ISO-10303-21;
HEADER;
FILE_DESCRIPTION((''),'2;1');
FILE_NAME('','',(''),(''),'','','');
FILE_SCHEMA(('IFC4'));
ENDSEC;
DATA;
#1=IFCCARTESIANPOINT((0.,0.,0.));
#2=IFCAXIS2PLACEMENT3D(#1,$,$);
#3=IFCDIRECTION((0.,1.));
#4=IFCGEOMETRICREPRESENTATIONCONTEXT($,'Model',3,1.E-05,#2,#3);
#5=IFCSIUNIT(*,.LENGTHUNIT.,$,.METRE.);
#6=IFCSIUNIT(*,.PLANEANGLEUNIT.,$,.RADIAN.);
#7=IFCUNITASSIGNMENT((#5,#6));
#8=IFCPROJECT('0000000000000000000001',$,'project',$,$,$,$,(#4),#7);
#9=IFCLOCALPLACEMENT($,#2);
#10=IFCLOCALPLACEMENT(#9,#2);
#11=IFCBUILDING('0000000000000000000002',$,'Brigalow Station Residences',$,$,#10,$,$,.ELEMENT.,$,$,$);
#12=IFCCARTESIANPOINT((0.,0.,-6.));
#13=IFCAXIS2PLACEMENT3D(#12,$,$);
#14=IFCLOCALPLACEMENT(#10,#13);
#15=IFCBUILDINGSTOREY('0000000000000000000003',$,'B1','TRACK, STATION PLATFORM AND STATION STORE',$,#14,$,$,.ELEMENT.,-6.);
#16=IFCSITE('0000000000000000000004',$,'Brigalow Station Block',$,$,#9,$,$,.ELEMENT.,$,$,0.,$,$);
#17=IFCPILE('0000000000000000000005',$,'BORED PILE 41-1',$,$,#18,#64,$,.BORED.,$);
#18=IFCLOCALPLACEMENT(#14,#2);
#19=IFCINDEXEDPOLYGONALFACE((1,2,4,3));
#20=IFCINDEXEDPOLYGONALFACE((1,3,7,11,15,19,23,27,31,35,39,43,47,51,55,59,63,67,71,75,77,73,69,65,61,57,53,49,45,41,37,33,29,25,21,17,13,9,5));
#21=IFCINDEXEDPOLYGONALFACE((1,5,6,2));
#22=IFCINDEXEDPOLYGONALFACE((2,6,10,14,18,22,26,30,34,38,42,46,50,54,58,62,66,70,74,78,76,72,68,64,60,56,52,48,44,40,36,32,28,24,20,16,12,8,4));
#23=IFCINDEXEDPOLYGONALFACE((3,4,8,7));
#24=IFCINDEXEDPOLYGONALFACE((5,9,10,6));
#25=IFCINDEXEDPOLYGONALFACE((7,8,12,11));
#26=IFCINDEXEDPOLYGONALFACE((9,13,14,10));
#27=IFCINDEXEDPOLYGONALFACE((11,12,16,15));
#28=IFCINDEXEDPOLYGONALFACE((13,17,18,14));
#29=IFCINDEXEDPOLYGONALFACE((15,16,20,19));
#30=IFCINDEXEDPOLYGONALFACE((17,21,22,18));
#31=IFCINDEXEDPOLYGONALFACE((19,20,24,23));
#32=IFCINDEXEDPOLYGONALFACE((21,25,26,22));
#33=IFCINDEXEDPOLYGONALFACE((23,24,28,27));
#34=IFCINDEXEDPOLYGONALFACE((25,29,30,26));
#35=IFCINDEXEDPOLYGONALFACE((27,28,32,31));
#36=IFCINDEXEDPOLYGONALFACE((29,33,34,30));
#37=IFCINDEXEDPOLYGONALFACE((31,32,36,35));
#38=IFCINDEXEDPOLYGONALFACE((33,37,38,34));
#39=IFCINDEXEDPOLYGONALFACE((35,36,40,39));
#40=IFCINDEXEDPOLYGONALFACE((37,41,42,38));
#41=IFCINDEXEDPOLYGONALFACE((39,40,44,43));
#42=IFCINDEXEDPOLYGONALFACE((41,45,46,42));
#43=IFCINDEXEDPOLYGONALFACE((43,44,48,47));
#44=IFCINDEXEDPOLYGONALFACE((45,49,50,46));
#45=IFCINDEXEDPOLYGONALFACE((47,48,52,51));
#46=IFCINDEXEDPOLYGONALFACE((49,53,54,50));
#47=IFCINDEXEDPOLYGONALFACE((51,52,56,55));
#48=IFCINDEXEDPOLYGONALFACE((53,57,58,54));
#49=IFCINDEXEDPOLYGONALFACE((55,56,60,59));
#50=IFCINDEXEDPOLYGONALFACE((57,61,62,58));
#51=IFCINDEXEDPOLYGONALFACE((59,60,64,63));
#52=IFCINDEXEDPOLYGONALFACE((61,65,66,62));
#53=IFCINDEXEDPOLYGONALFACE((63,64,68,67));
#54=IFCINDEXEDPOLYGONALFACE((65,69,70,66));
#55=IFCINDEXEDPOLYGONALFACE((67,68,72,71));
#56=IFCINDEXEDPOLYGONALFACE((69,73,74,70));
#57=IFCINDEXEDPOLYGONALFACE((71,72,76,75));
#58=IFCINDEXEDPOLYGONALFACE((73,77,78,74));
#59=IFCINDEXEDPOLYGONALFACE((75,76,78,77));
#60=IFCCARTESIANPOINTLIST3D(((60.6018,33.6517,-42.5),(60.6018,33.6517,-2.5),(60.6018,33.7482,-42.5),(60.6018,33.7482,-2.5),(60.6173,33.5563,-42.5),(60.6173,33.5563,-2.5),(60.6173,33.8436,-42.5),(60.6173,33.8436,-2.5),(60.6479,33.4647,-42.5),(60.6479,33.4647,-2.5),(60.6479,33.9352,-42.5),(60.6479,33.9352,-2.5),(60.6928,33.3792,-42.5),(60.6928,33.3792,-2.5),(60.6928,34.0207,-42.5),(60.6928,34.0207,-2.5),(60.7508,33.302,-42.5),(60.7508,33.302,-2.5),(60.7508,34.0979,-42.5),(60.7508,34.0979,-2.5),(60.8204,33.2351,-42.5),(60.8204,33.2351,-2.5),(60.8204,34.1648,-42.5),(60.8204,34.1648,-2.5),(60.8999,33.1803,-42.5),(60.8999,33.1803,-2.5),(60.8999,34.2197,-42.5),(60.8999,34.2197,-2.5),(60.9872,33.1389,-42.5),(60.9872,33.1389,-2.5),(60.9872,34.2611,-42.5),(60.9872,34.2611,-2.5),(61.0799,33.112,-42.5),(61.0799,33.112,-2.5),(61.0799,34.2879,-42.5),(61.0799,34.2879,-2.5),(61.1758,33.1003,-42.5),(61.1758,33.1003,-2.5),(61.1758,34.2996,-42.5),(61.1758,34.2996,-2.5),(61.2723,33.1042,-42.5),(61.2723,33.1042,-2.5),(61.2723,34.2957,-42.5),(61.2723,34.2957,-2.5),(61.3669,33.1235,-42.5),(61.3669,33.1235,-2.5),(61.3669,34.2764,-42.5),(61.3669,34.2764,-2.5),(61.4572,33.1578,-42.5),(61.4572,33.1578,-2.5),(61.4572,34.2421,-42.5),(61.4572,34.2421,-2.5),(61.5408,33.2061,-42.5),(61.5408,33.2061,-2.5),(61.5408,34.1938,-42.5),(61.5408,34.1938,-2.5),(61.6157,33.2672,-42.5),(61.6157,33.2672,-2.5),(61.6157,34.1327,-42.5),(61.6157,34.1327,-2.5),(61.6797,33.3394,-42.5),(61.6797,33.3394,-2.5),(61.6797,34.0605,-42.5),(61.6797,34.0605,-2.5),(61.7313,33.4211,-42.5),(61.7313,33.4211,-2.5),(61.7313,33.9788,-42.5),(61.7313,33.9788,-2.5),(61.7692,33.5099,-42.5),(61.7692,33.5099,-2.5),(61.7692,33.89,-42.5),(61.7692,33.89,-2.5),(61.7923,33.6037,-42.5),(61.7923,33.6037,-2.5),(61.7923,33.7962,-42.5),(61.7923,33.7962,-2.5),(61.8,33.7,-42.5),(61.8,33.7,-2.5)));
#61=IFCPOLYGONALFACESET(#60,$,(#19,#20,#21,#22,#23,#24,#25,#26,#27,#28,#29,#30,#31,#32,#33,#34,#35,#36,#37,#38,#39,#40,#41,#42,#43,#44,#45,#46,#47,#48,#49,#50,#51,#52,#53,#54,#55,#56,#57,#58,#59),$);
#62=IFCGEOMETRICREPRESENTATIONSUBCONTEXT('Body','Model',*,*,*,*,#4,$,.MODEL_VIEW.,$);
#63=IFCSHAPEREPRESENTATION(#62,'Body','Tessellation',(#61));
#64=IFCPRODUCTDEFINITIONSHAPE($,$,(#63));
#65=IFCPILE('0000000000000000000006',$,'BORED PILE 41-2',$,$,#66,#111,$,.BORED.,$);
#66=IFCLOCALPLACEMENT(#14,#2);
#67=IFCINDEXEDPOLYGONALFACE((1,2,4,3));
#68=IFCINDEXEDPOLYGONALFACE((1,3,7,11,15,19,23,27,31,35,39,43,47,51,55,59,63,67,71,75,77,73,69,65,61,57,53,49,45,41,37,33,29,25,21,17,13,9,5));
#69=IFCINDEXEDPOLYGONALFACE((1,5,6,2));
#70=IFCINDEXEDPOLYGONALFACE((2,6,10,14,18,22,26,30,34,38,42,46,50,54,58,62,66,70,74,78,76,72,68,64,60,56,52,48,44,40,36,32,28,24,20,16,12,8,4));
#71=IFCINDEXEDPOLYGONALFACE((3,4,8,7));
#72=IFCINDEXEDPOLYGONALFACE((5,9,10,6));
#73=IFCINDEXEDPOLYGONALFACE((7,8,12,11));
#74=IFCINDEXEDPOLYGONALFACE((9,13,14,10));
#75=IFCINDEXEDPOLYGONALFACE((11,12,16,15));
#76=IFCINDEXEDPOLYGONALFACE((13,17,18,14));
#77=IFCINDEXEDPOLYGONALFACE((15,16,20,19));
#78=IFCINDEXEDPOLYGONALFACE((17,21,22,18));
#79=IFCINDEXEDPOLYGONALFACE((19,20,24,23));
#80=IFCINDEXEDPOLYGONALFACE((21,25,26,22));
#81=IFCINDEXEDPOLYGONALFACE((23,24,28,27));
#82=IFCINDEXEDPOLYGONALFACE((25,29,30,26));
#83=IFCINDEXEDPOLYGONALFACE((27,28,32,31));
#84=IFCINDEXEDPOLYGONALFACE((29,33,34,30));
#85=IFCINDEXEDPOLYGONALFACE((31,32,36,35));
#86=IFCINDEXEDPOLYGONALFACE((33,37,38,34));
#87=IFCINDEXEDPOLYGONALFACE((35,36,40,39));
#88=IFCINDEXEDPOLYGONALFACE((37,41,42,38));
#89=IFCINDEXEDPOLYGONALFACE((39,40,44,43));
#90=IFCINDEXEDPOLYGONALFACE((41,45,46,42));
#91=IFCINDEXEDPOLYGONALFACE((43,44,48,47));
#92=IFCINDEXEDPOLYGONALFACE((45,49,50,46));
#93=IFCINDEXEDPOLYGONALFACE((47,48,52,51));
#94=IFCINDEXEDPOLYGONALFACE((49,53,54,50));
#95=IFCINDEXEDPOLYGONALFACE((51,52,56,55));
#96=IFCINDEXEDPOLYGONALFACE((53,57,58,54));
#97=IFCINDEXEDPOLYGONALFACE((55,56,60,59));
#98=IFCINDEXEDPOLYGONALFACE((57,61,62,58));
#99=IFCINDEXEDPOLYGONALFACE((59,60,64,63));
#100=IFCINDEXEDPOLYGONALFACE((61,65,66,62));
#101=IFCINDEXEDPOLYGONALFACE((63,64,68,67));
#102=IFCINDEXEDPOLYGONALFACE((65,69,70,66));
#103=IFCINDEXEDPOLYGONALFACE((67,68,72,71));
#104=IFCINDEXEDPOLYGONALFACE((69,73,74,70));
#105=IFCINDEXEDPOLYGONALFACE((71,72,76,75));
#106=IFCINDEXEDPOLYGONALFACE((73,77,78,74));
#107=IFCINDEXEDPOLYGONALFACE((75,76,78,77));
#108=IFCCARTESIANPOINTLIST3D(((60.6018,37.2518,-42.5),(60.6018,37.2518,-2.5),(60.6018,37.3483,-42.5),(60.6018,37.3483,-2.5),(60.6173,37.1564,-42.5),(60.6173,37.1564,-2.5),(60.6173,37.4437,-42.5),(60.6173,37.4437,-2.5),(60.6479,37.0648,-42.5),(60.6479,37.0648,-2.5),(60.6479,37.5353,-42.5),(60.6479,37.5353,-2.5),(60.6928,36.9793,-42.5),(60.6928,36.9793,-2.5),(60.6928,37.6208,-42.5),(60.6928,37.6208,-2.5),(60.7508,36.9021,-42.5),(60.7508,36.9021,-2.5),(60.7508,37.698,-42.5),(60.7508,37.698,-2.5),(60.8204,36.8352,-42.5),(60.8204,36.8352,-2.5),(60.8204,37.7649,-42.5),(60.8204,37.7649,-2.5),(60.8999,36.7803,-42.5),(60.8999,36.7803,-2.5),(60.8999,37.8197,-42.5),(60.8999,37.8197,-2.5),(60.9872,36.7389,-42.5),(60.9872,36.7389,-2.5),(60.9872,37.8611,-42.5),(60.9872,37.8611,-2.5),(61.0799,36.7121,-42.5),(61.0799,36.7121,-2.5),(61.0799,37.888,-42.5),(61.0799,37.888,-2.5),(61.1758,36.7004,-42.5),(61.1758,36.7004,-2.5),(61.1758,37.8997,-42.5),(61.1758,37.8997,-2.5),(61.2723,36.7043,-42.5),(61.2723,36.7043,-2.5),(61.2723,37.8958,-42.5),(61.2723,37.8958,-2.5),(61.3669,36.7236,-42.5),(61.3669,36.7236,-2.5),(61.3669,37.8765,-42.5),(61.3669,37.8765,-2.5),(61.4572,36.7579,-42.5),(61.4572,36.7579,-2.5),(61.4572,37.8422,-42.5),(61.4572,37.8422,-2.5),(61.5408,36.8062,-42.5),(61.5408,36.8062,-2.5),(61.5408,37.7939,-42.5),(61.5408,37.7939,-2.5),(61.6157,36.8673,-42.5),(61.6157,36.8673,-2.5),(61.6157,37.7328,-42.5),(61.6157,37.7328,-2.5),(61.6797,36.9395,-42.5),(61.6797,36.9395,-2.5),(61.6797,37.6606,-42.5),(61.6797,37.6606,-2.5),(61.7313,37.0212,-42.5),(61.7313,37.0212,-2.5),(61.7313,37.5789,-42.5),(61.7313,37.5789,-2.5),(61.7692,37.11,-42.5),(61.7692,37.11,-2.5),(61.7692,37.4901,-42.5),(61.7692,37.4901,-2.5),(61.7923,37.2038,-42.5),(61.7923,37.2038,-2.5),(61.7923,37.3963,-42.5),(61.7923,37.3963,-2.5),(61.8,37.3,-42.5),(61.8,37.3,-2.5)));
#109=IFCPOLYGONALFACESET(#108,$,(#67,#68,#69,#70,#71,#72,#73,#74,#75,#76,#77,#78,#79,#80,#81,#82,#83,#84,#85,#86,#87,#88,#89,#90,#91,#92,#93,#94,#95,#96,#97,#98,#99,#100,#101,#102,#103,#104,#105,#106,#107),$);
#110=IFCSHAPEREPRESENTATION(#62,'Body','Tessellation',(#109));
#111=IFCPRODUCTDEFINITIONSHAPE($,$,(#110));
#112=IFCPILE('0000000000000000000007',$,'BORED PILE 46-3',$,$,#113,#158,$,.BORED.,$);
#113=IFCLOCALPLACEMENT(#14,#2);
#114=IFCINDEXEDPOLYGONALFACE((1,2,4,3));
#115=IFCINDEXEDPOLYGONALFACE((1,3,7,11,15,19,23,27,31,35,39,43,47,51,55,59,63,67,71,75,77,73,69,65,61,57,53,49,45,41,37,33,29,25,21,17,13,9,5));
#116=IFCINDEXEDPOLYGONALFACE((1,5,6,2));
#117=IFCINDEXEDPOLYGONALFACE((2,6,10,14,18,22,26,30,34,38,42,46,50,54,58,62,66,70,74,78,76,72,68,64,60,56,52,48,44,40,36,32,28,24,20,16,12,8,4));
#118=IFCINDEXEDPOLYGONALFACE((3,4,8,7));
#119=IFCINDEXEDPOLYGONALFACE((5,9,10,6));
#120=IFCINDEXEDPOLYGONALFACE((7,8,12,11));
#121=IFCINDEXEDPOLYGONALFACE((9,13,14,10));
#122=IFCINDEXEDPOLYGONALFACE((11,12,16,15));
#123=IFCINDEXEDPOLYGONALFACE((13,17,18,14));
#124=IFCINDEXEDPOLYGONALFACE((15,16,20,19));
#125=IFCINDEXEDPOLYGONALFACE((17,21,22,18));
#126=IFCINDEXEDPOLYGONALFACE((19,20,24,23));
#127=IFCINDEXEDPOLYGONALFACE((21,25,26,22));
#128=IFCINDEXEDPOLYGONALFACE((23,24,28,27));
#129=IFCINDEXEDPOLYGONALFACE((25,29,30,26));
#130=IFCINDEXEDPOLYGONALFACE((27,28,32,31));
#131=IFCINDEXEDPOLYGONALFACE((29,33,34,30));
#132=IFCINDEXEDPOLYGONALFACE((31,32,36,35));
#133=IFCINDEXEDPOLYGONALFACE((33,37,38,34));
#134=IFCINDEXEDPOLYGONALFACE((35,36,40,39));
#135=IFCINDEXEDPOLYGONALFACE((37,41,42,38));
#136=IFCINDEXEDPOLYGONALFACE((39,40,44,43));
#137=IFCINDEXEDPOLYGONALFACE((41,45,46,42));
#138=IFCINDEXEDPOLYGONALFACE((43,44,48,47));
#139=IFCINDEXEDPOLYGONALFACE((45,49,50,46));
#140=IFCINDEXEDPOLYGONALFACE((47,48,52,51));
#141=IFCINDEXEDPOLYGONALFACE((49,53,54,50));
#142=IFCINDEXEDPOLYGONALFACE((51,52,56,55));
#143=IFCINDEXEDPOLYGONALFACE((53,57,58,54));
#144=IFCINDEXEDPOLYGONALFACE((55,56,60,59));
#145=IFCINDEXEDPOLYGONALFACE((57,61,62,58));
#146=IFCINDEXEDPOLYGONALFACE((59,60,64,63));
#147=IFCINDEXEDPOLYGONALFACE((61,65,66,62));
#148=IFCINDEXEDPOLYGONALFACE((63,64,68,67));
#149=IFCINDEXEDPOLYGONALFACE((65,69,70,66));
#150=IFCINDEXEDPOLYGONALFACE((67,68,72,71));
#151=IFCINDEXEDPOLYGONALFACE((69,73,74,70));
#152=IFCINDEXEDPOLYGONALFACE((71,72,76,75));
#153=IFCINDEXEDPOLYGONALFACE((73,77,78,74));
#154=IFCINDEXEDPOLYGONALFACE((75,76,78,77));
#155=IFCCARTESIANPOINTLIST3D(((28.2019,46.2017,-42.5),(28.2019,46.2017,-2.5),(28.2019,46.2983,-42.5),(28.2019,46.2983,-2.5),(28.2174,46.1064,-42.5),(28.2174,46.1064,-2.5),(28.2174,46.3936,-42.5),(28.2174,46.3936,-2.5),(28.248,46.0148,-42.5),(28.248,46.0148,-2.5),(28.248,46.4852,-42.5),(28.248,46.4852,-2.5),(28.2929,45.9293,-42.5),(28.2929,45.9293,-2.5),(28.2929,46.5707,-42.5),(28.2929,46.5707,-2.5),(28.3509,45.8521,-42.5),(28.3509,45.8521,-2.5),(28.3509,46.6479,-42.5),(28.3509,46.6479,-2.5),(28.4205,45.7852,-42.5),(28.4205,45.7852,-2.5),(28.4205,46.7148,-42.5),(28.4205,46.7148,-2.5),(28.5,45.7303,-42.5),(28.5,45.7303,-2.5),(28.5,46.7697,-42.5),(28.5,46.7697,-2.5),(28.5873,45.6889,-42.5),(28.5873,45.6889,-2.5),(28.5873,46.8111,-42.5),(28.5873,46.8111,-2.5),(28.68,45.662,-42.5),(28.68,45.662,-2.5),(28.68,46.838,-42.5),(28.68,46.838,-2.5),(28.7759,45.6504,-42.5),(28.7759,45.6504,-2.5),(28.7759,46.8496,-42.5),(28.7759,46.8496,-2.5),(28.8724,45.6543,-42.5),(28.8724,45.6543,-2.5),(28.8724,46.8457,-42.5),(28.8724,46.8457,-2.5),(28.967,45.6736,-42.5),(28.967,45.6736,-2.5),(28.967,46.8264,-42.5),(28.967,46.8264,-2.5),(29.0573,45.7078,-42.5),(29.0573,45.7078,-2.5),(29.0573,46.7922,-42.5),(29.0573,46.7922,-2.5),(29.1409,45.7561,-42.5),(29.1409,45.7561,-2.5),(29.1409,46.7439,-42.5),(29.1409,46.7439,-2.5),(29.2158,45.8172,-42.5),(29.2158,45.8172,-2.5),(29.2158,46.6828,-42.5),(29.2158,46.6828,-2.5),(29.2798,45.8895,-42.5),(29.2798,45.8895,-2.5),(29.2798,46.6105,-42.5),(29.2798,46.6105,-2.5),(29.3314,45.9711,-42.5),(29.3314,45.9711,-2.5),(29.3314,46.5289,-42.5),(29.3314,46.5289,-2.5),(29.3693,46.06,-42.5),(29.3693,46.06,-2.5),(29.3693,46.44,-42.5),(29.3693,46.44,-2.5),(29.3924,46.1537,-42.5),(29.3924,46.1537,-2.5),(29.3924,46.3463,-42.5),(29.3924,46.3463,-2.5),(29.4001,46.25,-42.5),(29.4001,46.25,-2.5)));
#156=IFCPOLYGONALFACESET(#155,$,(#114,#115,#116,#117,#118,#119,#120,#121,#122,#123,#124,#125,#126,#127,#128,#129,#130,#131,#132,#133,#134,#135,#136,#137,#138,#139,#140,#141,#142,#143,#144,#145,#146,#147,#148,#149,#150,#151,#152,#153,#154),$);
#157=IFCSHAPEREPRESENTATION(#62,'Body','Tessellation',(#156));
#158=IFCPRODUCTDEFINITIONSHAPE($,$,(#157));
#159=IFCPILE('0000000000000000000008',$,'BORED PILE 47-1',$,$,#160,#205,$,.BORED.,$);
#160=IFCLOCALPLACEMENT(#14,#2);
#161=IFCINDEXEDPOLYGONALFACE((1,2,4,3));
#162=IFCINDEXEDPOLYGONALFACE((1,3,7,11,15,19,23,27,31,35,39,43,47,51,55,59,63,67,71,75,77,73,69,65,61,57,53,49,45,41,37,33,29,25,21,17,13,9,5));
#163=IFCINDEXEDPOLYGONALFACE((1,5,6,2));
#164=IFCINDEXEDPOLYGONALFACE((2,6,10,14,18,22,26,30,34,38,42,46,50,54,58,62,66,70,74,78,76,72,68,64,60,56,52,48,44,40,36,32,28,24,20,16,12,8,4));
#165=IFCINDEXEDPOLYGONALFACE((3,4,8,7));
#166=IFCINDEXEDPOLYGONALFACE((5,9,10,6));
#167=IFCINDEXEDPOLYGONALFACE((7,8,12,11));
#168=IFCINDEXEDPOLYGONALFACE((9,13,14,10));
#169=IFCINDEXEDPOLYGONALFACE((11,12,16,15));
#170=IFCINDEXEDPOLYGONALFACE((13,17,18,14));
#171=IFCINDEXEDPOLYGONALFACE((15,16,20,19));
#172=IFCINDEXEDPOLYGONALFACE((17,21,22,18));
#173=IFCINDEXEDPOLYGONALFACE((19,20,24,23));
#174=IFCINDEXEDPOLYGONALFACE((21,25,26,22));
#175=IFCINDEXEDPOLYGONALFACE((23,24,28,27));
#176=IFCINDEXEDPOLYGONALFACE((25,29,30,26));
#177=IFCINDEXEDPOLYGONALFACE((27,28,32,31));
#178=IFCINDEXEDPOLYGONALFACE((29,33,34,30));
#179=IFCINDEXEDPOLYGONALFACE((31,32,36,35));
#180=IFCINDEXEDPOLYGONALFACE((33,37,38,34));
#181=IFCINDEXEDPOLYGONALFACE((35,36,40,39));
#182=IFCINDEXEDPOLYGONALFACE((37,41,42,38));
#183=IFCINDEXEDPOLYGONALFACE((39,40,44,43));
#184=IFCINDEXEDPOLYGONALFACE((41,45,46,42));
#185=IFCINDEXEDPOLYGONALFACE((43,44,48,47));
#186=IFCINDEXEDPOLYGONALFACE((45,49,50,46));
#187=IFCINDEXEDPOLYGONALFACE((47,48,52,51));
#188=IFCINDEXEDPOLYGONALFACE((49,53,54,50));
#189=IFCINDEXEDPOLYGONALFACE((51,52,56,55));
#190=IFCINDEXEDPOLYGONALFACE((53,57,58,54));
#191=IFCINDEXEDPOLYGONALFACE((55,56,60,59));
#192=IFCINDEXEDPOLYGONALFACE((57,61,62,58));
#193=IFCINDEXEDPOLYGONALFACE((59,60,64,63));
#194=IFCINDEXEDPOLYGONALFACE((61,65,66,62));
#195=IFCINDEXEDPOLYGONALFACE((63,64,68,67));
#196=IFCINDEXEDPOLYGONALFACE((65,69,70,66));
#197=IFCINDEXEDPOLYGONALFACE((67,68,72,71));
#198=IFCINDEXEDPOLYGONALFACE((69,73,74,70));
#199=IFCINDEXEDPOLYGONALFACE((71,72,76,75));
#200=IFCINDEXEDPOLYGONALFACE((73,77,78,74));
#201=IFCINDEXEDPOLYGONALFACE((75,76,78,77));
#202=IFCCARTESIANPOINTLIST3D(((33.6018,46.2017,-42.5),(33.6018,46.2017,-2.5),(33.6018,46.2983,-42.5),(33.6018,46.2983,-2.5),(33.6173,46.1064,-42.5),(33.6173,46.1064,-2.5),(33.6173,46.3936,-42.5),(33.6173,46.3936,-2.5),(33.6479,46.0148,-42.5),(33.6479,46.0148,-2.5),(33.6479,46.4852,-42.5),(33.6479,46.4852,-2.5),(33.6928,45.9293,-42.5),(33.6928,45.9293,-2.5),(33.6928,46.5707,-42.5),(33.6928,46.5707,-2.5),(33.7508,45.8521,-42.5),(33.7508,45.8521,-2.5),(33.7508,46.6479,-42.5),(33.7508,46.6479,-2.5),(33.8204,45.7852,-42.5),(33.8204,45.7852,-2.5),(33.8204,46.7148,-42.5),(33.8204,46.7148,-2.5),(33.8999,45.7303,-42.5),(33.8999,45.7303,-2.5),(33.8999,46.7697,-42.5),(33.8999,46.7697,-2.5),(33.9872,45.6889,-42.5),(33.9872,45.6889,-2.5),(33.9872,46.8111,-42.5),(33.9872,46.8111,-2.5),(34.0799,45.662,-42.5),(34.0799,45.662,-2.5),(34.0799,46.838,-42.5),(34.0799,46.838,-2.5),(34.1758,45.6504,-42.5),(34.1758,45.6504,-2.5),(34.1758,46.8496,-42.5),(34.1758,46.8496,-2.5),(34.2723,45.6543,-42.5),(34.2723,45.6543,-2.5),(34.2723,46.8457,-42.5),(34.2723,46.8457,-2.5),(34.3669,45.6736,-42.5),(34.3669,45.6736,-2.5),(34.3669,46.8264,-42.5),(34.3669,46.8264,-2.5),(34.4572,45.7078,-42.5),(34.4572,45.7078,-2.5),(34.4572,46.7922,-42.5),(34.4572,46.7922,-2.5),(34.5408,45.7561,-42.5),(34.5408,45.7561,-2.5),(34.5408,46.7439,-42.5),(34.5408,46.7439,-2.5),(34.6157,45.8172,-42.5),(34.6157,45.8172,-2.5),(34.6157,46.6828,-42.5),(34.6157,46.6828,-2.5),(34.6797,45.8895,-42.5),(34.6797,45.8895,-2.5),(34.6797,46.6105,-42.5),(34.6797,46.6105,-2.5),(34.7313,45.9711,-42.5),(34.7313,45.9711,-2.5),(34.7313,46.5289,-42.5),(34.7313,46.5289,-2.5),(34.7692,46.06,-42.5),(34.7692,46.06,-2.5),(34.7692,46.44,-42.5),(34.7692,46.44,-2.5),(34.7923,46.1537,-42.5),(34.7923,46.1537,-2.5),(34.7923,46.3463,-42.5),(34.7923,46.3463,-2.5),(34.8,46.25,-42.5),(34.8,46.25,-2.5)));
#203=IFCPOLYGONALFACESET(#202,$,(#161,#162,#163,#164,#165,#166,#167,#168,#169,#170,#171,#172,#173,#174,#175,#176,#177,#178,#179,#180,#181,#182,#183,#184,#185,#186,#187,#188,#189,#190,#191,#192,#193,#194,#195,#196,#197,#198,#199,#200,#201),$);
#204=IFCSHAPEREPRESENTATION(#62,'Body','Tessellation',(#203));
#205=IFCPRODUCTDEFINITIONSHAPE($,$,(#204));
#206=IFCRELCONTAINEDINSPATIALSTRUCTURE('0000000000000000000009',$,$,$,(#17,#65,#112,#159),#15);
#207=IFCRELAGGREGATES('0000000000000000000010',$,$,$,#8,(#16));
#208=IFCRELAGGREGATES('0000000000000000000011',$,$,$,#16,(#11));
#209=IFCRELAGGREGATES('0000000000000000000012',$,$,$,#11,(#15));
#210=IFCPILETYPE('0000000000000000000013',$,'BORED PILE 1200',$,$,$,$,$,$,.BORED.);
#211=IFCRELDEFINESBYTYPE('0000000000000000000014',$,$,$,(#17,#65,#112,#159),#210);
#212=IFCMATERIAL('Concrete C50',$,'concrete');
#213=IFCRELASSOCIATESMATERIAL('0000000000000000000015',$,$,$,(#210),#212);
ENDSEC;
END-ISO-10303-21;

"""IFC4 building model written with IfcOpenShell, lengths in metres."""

from ifc_helpers import new_model, si_unit, direction, frame, origin, origin_2d, place, context, subcontext, project, spatial, circle, extrude, material, material_profile, profile_set, type_object, element, save


model = new_model("IFC4")

# Units and contexts
model_context = context("Model", 3, precision=1e-05, world=origin(), true_north=direction((0.0, 1.0)))
body_context = subcontext(model_context, "Body", "Model", "MODEL_VIEW")
ifc_project = project(units=[si_unit("LENGTHUNIT", "METRE"), si_unit("PLANEANGLEUNIT", "RADIAN")], contexts=[model_context])

# Site, building, storey
site_placement = place(None, origin())
site = spatial("IfcSite", under=ifc_project, at=site_placement, Name="Brigalow Station Block", CompositionType="ELEMENT", RefElevation=0.0)
building_placement = place(site_placement, origin())
building = spatial("IfcBuilding", under=site, at=building_placement, Name="Brigalow Station Residences", CompositionType="ELEMENT")
storey_placement = place(building_placement, frame((0.0, 0.0, -6.0)))
storey = spatial("IfcBuildingStorey", under=building, at=storey_placement, Name="B1", Description="TRACK, STATION PLATFORM AND STATION STORE", CompositionType="ELEMENT", Elevation=-6.0)

# Piles
ifc_material_1 = material(Name="Concrete C50", Category="concrete")
ifc_material_profile_1 = material_profile(ifc_material_1, circle(Radius=0.6001, at=origin_2d()), Name="BP1200")
ifc_profile_set_1 = profile_set([ifc_material_profile_1], Name="Concrete C50")
pile_type = type_object("IfcPileType", Name="BORED PILE 1200", PredefinedType="BORED", material=ifc_profile_set_1)
for number, where, z_axis, x_axis, name in (
    (1, (61.2, 33.7, -2.5), (0.0, 0.0, -1.0), (1.0, 0.0, 0.0), "BORED PILE 41-1"),
    (2, (61.2, 37.3, -2.5), (0.0, 0.0, -1.0), (1.0, 0.0, 0.0), "BORED PILE 41-2"),
    (3, (28.8, 46.25, -2.5), (0.0, 0.0, -1.0), (1.0, 0.0, 0.0), "BORED PILE 46-3"),
    (4, (34.2, 46.25, -2.5), (0.0, 0.0, -1.0), (1.0, 0.0, 0.0), "BORED PILE 47-1"),
):
    element("IfcPile", number, at=place(storey_placement, frame(where, z_axis=z_axis, x_axis=x_axis)), inside=storey, type_object=pile_type, Name=name, PredefinedType="BORED", context=body_context, shape_type="SweptSolid", body=[
        extrude(circle(Radius=0.6001, at=origin_2d()), origin(), (0.0, 0.0, 1.0), 40.0),
    ])

save(model, "model.ifc")
